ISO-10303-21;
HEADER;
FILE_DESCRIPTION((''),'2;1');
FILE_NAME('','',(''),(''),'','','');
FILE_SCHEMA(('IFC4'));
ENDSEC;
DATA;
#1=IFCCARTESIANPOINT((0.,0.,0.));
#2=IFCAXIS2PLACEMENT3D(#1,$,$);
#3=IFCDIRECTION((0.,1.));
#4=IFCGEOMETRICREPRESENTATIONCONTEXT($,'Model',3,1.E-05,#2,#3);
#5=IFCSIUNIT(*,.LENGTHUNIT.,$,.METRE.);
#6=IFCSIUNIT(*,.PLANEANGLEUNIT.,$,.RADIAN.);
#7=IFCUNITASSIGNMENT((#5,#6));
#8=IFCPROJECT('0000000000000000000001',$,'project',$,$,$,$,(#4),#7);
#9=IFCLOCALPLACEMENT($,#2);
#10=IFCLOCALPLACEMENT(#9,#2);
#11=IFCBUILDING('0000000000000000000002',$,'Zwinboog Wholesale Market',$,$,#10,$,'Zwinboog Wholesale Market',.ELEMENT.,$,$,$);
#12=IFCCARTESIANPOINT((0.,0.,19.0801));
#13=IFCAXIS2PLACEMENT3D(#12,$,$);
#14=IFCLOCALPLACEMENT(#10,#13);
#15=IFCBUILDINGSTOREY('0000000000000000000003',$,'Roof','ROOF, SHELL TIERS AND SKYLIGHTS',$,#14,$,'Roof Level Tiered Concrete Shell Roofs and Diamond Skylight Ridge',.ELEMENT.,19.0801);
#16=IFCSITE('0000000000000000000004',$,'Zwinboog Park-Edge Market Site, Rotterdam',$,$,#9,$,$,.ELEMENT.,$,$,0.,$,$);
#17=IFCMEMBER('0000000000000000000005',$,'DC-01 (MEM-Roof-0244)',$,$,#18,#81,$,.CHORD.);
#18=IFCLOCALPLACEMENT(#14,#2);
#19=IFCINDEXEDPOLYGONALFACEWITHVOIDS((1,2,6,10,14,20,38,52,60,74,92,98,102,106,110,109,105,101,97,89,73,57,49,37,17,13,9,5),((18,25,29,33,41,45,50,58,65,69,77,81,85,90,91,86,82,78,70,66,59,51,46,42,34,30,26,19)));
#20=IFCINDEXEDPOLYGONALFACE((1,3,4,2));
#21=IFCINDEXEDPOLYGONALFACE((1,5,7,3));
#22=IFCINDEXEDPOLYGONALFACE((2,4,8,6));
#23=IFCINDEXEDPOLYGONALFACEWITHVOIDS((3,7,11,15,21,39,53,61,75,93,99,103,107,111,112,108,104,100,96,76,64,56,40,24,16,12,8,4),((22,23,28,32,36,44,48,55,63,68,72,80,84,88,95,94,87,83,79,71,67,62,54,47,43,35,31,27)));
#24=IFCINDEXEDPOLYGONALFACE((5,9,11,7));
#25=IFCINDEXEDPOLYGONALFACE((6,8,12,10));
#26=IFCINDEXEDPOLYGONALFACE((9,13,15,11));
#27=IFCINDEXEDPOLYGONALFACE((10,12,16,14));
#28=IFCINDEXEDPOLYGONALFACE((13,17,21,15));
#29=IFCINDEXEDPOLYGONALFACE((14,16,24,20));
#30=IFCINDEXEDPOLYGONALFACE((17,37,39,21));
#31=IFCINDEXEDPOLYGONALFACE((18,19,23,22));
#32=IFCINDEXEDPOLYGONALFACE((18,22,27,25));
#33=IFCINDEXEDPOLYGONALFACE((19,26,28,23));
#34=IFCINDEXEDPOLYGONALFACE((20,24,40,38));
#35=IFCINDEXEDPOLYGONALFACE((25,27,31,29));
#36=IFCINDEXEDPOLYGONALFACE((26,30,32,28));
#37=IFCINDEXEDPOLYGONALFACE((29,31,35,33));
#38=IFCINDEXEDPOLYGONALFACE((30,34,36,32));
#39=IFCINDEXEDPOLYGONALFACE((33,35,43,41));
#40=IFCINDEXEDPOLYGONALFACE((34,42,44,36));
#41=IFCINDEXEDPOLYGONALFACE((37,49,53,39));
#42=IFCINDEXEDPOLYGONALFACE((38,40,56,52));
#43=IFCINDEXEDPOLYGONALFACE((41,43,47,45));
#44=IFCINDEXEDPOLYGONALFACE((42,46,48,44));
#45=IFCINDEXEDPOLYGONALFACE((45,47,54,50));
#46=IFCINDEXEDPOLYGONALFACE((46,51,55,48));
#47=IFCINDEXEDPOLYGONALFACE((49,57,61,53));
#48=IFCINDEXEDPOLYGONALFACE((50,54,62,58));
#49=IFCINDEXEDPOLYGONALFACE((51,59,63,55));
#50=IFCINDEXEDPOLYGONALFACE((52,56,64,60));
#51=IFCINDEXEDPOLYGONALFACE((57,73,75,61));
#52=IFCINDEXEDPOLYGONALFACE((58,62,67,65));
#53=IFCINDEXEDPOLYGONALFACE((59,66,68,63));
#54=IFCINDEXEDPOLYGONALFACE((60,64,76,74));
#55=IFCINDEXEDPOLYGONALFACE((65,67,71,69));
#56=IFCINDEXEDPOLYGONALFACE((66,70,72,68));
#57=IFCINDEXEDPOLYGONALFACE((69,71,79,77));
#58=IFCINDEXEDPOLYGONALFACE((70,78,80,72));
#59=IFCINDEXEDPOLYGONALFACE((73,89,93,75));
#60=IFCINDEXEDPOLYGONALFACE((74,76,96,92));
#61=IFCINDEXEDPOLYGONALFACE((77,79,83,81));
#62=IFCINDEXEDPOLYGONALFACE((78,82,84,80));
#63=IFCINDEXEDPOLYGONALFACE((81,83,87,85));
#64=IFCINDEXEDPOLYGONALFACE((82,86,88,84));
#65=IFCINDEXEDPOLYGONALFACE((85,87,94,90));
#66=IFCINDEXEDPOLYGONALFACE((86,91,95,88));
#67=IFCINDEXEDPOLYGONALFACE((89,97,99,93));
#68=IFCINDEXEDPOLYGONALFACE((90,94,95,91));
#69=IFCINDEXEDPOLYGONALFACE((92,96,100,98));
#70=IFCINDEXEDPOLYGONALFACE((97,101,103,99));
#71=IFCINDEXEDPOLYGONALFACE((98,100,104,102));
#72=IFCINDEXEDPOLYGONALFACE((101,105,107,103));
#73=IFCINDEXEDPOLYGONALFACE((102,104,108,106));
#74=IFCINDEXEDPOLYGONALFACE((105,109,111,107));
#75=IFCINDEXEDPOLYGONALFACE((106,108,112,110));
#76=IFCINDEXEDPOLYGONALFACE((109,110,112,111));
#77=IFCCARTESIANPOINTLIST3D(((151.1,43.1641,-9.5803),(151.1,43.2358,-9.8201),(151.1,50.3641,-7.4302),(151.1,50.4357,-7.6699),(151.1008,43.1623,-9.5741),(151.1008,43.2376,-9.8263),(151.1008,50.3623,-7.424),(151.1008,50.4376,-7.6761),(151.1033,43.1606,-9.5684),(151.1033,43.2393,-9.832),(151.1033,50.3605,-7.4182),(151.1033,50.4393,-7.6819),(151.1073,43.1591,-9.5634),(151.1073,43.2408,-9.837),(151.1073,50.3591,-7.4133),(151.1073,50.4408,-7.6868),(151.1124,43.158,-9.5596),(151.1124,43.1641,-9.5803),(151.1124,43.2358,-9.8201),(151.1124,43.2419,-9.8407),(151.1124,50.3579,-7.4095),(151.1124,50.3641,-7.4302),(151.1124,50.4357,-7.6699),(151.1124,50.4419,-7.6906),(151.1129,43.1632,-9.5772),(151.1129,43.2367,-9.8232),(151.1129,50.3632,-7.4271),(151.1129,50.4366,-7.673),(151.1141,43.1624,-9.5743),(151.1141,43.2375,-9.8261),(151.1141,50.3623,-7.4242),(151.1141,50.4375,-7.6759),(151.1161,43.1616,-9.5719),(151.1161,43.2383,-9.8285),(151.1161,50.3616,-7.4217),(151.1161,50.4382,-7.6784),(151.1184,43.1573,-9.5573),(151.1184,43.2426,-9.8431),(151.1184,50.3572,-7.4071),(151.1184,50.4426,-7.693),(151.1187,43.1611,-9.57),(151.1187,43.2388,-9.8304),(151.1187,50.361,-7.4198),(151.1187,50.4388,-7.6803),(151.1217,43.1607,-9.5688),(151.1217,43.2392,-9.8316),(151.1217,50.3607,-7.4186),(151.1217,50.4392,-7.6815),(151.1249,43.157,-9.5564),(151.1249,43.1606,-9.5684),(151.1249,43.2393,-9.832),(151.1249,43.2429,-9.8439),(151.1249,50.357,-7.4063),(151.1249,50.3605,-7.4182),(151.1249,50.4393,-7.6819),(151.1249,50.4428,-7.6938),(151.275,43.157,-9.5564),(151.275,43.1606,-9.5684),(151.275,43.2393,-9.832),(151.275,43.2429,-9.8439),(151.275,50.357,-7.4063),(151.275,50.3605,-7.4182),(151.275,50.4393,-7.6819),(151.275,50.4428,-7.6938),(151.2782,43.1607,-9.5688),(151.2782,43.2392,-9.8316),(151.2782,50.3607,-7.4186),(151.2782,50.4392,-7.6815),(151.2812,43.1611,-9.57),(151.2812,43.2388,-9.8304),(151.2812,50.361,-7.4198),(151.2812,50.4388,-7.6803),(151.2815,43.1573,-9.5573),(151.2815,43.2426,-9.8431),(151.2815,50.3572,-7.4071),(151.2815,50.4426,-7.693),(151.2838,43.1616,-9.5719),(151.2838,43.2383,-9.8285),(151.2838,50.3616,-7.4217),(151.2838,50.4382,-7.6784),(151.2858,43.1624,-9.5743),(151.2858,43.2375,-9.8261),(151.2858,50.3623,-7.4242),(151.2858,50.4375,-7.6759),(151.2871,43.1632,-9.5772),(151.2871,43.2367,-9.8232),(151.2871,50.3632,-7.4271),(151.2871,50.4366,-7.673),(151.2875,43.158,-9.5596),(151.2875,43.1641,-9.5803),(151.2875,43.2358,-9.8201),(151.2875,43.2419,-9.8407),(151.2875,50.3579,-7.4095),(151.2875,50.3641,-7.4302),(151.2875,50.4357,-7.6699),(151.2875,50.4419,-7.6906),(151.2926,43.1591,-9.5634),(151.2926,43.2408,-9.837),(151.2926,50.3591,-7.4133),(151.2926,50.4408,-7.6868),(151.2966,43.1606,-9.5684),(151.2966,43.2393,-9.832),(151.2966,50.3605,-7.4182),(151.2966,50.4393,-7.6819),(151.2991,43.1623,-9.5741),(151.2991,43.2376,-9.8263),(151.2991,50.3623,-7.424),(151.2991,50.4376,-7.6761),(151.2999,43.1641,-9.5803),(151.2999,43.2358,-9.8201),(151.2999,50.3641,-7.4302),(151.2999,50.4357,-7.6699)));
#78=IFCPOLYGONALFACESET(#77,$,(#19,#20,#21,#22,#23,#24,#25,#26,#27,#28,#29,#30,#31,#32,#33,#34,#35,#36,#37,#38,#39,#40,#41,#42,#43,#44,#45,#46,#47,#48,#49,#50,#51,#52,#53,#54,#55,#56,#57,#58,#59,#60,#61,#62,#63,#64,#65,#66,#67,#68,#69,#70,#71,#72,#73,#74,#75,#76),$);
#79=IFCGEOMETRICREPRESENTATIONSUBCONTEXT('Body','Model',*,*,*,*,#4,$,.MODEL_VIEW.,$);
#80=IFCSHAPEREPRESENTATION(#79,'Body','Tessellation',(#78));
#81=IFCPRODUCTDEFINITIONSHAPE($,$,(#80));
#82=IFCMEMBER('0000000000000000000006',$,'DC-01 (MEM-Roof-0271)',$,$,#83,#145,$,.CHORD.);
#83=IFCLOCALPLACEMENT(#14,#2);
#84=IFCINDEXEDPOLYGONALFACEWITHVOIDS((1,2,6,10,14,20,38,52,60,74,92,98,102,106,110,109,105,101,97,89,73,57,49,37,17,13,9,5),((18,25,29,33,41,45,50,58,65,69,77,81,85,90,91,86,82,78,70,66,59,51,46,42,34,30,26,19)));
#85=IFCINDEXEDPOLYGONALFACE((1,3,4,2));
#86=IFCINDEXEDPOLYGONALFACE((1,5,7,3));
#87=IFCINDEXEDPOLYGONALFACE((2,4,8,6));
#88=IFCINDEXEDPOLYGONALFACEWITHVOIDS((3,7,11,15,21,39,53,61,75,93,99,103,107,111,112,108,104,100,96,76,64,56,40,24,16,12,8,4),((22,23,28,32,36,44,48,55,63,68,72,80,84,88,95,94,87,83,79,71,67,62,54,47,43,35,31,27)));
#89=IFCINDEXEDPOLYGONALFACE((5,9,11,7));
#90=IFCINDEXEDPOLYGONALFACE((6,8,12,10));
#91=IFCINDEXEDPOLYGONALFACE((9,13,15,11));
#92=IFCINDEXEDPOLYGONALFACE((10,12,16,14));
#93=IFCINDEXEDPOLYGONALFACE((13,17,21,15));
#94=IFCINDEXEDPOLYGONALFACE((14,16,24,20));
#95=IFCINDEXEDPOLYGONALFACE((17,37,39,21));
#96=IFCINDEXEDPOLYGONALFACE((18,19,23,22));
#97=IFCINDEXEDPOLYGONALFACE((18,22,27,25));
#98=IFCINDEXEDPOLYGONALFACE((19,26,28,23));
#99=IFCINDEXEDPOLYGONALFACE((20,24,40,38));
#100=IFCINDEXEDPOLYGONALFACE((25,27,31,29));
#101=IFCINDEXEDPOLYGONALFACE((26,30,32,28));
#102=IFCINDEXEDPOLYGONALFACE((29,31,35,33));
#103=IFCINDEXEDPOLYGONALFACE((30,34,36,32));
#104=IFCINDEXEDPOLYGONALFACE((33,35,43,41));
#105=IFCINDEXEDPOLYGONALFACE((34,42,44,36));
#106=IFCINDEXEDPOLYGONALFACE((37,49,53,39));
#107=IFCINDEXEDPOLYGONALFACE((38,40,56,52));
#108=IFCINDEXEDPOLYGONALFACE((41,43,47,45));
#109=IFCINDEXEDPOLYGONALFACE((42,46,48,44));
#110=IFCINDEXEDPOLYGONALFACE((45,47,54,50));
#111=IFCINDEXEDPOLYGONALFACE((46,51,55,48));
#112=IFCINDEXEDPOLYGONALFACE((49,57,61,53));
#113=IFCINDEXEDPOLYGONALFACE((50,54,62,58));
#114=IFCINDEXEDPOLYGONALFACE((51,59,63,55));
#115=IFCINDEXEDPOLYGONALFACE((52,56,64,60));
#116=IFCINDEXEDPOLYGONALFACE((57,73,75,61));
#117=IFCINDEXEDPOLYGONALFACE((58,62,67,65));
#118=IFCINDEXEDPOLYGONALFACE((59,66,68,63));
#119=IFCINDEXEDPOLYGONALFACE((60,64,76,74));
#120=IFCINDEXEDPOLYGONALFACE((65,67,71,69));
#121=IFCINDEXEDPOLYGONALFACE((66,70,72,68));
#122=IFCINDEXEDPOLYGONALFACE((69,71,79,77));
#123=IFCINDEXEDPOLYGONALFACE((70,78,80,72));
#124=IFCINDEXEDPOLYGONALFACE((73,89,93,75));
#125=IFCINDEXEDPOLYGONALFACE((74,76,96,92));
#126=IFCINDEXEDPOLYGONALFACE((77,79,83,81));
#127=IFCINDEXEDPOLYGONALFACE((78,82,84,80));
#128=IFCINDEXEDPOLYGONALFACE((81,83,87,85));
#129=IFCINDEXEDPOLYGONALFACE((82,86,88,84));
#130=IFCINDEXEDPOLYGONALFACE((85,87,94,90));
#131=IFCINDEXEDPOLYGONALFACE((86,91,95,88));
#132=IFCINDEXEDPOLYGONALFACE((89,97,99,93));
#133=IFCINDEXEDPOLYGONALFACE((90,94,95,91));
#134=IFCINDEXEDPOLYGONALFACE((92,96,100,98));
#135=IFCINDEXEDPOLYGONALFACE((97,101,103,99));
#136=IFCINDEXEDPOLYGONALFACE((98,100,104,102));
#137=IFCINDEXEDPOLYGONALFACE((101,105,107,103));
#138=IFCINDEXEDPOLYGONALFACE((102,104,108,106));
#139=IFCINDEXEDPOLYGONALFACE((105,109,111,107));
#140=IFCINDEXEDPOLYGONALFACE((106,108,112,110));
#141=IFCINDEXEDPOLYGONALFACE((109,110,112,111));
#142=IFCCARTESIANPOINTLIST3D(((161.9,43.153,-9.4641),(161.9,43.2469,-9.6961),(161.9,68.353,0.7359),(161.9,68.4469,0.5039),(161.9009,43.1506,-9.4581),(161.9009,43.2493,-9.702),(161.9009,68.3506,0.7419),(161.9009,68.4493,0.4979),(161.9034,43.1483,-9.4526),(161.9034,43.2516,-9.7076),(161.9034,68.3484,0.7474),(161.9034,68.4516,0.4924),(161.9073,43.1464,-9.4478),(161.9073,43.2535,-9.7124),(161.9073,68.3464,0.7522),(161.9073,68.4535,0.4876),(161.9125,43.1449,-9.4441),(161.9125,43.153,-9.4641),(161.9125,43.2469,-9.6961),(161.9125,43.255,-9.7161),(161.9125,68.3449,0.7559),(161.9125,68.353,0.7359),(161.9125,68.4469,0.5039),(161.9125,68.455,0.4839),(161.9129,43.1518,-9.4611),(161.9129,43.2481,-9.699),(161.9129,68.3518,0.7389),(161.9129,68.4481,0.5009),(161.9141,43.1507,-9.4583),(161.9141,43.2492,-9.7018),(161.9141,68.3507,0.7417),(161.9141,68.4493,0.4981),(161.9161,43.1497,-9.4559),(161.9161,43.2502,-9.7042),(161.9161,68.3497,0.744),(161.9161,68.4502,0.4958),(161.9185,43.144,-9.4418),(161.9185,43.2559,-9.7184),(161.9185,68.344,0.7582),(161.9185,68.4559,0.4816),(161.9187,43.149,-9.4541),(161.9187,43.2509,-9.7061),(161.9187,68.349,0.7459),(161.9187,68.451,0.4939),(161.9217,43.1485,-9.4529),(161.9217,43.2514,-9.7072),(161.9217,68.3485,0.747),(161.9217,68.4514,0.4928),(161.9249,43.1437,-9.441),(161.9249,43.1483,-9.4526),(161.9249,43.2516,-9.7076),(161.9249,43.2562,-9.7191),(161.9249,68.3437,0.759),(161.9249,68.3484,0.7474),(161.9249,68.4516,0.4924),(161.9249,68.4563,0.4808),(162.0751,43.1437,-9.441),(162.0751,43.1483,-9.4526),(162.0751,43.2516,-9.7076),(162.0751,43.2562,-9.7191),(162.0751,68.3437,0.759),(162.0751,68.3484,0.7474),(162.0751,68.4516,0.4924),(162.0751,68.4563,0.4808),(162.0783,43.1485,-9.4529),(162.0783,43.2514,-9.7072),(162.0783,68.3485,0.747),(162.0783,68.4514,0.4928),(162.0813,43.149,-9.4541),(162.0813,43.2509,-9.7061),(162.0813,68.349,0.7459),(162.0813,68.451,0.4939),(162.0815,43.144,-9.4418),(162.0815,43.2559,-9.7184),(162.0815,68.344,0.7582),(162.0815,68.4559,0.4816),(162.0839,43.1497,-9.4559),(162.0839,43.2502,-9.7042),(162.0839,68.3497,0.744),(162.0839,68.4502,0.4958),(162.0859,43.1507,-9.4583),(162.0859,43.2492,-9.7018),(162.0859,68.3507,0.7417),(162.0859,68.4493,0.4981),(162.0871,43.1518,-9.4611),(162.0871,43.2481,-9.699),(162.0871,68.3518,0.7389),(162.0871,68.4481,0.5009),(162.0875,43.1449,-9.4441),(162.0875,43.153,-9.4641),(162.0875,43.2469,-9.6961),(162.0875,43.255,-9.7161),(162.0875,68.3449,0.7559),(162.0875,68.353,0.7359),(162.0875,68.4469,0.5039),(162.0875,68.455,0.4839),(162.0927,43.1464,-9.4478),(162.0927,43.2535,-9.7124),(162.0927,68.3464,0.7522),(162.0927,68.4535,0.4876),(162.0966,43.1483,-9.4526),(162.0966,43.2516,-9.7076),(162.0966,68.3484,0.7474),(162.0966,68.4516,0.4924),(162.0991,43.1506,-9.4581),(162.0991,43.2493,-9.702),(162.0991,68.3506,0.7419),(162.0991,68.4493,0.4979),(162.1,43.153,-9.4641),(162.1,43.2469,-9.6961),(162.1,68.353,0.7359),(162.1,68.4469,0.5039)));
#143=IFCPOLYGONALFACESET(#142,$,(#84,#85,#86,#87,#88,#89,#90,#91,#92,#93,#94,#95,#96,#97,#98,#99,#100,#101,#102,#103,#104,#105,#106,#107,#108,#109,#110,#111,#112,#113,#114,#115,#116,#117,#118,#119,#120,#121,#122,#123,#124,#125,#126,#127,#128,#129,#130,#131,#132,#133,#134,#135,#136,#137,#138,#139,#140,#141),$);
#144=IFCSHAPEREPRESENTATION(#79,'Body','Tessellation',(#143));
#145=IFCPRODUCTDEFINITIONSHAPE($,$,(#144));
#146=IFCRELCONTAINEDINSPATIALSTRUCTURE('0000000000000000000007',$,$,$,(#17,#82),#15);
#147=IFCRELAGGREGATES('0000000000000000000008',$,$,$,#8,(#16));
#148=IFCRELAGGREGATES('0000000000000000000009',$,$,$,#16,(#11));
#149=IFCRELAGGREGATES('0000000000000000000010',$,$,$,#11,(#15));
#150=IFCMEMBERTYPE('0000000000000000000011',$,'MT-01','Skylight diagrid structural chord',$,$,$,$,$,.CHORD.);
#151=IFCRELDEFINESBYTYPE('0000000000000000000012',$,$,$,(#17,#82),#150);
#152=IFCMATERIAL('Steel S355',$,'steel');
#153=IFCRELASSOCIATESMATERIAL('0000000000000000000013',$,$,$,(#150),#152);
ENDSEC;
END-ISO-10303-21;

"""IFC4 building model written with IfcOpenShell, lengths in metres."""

from ifc_helpers import new_model, si_unit, direction, frame, origin, origin_2d, place, context, subcontext, project, spatial, hollow_rectangle, extrude, material, material_profile, profile_set, type_object, element, save


model = new_model("IFC4")

# Units and contexts
model_context = context("Model", 3, precision=1e-05, world=origin(), true_north=direction((0.0, 1.0)))
body_context = subcontext(model_context, "Body", "Model", "MODEL_VIEW")
ifc_project = project(units=[si_unit("LENGTHUNIT", "METRE"), si_unit("PLANEANGLEUNIT", "RADIAN")], contexts=[model_context])

# Site, building, storey
site_placement = place(None, origin())
site = spatial("IfcSite", under=ifc_project, at=site_placement, Name="Zwinboog Park-Edge Market Site, Rotterdam", CompositionType="ELEMENT", RefElevation=0.0)
building_placement = place(site_placement, origin())
building = spatial("IfcBuilding", under=site, at=building_placement, Name="Zwinboog Wholesale Market", LongName="Zwinboog Wholesale Market", CompositionType="ELEMENT")
storey_placement = place(building_placement, frame((0.0, 0.0, 19.0801)))
storey = spatial("IfcBuildingStorey", under=building, at=storey_placement, Name="Roof", Description="ROOF, SHELL TIERS AND SKYLIGHTS", LongName="Roof Level Tiered Concrete Shell Roofs and Diamond Skylight Ridge", CompositionType="ELEMENT", Elevation=19.0801)

# Members
ifc_material_1 = material(Name="Steel S355", Category="steel")
ifc_material_profile_1 = material_profile(ifc_material_1, hollow_rectangle(XDim=0.2, YDim=0.3, WallThickness=0.0125, InnerFilletRadius=0.0125, OuterFilletRadius=0.0249, at=origin_2d()), Name="RHS 300x200x12.5")
ifc_profile_set_1 = profile_set([ifc_material_profile_1], Name="Steel S355")
member_type_1 = type_object("IfcMemberType", Name="MT-01", Description="Skylight diagrid structural chord", PredefinedType="CHORD", material=ifc_profile_set_1)
member_1_placement = place(storey_placement, frame((151.2, 43.2, -9.7002), z_axis=(0.0, 0.958186, 0.286146), x_axis=(-1.0, 0.0, 0.0)))
element("IfcMember", 1, at=member_1_placement, inside=storey, type_object=member_type_1, Name="DC-01 (MEM-Roof-0244)", PredefinedType="CHORD", context=body_context, shape_type="SweptSolid", body=[
    extrude(hollow_rectangle(XDim=0.2, YDim=0.3, WallThickness=0.0125, InnerFilletRadius=0.0125, OuterFilletRadius=0.0249, at=origin_2d()), origin(), (0.0, 0.0, 1.0), 7.5142),
])
member_2_placement = place(storey_placement, frame((162.0, 43.2, -9.5801), z_axis=(0.0, 0.926947, 0.375192), x_axis=(-1.0, 0.0, 0.0)))
element("IfcMember", 2, at=member_2_placement, inside=storey, type_object=member_type_1, Name="DC-01 (MEM-Roof-0271)", PredefinedType="CHORD", context=body_context, shape_type="SweptSolid", body=[
    extrude(hollow_rectangle(XDim=0.2, YDim=0.3, WallThickness=0.0125, InnerFilletRadius=0.0125, OuterFilletRadius=0.0249, at=origin_2d()), origin(), (0.0, 0.0, 1.0), 27.186),
])

save(model, "model.ifc")
